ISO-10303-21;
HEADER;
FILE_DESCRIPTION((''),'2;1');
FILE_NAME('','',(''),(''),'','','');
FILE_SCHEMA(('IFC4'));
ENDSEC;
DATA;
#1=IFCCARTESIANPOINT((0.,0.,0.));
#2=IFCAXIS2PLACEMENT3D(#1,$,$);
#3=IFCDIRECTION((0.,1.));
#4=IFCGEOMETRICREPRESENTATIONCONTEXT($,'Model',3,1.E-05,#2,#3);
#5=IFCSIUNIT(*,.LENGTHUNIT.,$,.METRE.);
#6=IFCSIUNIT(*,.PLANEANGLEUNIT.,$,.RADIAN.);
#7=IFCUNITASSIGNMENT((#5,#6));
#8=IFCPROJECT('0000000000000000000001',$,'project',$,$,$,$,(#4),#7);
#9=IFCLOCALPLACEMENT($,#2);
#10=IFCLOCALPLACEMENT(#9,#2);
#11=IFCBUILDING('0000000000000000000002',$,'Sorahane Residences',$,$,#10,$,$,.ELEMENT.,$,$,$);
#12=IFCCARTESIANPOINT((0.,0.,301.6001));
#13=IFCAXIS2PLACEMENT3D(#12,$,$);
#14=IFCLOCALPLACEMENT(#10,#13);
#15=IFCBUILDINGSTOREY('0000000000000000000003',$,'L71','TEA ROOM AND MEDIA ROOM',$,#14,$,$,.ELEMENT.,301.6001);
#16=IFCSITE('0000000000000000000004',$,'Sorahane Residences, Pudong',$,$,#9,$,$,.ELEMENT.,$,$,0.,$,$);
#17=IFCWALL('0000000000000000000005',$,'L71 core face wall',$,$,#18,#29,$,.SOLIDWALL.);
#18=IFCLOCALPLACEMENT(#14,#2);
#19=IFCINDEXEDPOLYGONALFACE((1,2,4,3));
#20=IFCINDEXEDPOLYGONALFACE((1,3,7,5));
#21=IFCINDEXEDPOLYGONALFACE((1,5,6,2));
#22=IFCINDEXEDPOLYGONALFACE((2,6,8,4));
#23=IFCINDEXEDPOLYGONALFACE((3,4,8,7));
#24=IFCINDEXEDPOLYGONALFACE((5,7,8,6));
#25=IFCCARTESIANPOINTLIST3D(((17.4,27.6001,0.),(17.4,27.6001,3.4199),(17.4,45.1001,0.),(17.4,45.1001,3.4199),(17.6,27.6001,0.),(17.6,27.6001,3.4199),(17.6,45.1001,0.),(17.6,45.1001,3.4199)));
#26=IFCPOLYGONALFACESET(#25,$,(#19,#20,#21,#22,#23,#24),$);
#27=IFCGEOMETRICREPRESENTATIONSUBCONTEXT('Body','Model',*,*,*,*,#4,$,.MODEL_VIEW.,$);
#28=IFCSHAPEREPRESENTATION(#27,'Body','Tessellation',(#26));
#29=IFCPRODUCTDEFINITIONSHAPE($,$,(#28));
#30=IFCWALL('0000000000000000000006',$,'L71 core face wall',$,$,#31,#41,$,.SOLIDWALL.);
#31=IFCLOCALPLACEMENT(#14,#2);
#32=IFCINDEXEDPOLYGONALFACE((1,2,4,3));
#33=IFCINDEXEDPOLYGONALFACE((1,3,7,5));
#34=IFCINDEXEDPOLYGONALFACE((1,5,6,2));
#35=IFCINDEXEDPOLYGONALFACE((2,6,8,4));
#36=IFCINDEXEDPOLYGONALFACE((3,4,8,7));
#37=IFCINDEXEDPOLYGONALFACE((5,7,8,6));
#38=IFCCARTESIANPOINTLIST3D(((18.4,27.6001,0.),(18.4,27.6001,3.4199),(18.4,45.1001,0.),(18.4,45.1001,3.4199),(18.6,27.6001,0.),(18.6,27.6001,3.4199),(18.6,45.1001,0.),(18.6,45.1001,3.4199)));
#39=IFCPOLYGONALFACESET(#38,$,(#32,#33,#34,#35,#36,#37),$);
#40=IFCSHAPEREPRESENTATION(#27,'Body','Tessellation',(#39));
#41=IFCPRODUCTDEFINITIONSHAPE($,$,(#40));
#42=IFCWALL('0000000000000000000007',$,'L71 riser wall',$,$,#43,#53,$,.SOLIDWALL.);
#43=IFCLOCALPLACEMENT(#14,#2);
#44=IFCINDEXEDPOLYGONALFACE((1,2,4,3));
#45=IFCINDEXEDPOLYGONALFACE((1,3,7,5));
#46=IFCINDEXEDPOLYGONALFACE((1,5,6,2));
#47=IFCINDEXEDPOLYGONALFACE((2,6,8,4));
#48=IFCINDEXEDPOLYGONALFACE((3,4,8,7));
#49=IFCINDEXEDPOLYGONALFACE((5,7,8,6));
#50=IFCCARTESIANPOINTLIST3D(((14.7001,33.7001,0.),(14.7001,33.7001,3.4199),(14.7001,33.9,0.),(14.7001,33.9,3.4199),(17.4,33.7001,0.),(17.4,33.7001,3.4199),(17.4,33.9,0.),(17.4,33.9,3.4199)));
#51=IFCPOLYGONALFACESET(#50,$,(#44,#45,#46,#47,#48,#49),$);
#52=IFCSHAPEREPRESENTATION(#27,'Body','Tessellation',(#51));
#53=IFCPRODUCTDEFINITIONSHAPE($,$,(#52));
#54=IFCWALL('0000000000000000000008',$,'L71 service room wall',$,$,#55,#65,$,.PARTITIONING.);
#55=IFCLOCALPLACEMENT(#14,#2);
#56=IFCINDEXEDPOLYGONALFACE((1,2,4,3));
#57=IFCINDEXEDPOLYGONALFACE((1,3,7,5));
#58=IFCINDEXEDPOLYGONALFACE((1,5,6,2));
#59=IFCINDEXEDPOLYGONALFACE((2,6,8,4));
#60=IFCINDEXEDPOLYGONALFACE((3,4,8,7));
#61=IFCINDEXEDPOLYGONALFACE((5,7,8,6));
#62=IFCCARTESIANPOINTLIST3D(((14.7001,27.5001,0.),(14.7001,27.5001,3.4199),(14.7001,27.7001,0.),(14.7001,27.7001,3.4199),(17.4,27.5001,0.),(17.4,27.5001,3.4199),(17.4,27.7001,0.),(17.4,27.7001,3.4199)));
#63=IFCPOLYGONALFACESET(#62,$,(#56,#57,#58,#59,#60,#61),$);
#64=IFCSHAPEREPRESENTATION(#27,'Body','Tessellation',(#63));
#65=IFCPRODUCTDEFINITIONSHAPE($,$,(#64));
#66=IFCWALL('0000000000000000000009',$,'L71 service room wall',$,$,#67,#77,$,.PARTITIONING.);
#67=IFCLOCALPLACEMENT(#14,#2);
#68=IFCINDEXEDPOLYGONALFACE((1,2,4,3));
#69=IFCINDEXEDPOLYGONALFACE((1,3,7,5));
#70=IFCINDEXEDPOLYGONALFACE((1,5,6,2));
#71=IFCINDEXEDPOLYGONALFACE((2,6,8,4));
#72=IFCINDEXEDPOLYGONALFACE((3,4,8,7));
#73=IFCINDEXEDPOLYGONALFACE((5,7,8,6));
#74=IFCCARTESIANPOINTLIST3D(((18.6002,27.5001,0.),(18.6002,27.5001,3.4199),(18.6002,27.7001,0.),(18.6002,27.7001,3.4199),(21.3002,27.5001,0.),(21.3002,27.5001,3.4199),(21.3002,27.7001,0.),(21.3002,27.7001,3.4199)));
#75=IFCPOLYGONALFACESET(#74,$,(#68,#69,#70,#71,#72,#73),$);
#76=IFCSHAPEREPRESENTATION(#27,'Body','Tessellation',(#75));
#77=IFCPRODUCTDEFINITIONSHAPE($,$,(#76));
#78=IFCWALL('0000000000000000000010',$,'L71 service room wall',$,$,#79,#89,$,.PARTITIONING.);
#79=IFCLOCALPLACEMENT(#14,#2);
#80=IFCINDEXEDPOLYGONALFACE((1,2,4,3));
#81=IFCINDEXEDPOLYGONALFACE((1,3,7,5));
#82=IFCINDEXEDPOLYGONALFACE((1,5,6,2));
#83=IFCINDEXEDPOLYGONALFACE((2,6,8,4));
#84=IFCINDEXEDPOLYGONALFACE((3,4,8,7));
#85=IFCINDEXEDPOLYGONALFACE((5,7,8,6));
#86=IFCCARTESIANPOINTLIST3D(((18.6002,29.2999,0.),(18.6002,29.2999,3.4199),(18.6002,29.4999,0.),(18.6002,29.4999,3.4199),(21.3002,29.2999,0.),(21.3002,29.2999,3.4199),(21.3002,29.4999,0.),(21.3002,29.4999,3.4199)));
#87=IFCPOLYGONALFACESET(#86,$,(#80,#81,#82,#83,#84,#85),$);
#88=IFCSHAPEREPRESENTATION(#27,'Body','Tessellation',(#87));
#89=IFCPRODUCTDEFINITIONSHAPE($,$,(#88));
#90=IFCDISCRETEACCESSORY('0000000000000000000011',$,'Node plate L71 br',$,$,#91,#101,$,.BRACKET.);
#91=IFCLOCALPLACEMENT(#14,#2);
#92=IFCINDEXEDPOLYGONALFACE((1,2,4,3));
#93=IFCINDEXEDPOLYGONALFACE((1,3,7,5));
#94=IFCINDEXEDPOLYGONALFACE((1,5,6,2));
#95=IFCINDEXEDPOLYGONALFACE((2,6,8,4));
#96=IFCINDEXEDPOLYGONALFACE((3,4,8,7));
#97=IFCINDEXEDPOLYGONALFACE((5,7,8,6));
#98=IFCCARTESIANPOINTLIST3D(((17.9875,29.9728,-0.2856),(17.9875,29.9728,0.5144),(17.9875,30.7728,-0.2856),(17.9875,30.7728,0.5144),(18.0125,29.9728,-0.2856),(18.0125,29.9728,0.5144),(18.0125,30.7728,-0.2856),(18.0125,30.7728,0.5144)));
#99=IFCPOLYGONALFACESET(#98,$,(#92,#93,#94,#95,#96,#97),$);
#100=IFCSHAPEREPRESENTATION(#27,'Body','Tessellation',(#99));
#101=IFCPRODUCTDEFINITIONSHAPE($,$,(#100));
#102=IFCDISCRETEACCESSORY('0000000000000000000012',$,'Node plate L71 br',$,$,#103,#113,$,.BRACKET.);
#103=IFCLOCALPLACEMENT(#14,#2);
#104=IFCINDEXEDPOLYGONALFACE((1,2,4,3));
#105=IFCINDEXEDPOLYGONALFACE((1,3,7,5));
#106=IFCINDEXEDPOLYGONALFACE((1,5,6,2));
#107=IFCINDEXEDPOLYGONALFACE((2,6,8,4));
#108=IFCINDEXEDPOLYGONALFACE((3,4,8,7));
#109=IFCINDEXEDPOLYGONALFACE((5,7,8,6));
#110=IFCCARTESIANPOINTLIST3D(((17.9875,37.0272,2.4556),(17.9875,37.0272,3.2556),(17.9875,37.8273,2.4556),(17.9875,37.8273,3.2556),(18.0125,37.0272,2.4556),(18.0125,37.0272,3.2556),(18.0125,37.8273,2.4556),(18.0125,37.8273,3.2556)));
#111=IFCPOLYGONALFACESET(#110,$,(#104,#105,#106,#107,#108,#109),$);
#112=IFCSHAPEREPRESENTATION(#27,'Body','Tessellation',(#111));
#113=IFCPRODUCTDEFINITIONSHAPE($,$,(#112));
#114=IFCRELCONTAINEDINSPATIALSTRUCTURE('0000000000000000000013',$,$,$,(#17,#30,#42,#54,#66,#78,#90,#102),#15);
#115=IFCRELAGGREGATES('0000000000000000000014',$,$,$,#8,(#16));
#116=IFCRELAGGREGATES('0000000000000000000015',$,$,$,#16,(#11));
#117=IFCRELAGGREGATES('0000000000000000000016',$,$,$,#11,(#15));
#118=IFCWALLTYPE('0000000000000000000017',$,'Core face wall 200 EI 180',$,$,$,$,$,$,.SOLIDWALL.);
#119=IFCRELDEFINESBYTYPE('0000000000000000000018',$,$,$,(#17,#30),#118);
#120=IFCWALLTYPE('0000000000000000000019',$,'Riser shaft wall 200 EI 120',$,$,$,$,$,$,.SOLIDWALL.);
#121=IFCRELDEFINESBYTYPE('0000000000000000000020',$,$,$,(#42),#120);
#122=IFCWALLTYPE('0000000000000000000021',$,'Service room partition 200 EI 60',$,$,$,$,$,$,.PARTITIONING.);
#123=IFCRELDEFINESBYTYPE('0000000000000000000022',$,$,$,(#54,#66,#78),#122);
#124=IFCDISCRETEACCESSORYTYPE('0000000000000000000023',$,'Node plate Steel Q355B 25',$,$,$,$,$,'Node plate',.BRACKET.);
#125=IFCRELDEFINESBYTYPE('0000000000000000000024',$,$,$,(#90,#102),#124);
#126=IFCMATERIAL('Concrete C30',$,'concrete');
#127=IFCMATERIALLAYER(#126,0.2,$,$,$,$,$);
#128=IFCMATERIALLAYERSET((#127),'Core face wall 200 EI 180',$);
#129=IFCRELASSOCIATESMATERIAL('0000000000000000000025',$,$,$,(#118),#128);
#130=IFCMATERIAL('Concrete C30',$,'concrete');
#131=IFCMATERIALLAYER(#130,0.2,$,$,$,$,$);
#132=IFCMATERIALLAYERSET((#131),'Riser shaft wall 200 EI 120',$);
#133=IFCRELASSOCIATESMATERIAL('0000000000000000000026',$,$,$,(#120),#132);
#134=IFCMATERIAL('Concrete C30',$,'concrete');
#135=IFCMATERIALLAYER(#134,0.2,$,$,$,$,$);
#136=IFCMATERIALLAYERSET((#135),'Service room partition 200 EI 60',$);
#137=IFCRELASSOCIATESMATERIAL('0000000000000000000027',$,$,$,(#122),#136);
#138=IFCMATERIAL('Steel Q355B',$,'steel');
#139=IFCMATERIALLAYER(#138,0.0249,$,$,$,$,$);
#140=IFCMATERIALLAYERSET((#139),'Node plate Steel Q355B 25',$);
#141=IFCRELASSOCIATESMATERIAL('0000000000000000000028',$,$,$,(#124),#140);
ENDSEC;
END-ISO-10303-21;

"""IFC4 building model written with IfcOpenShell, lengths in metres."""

from ifc_helpers import new_model, si_unit, direction, frame, frame_2d, origin, origin_2d, place, context, subcontext, project, spatial, rectangle, extrude, material, layer, layer_set, type_object, element, save


model = new_model("IFC4")

# Units and contexts
model_context = context("Model", 3, precision=1e-05, world=origin(), true_north=direction((0.0, 1.0)))
body_context = subcontext(model_context, "Body", "Model", "MODEL_VIEW")
ifc_project = project(units=[si_unit("LENGTHUNIT", "METRE"), si_unit("PLANEANGLEUNIT", "RADIAN")], contexts=[model_context])

# Site, building, storey
site_placement = place(None, origin())
site = spatial("IfcSite", under=ifc_project, at=site_placement, Name="Sorahane Residences, Pudong", CompositionType="ELEMENT", RefElevation=0.0)
building_placement = place(site_placement, origin())
building = spatial("IfcBuilding", under=site, at=building_placement, Name="Sorahane Residences", CompositionType="ELEMENT")
storey_placement = place(building_placement, frame((0.0, 0.0, 301.6001)))
storey = spatial("IfcBuildingStorey", under=building, at=storey_placement, Name="L71", Description="TEA ROOM AND MEDIA ROOM", CompositionType="ELEMENT", Elevation=301.6001)

# Walls
ifc_material_1 = material(Name="Concrete C30", Category="concrete")
ifc_layer_1 = layer(ifc_material_1, 0.2)
ifc_layer_set_1 = layer_set([ifc_layer_1], Name="Core face wall 200 EI 180")
wall_type_1 = type_object("IfcWallType", Name="Core face wall 200 EI 180", PredefinedType="SOLIDWALL", material=ifc_layer_set_1)
for number, where, z_axis, x_axis, name in (
    (1, (17.5, 27.6001, 0.0), (0.0, 0.0, 1.0), (0.0, 1.0, 0.0), "L71 core face wall"),
    (2, (18.5, 27.6001, 0.0), (0.0, 0.0, 1.0), (0.0, 1.0, 0.0), "L71 core face wall"),
):
    element("IfcWall", number, at=place(storey_placement, frame(where, z_axis=z_axis, x_axis=x_axis)), inside=storey, type_object=wall_type_1, Name=name, PredefinedType="SOLIDWALL", context=body_context, shape_type="SweptSolid", body=[
        extrude(rectangle(XDim=17.5, YDim=0.2, at=frame_2d((8.75, 0.0))), origin(), (0.0, 0.0, 1.0), 3.4199),
    ])
ifc_material_2 = material(Name="Concrete C30", Category="concrete")
ifc_layer_2 = layer(ifc_material_2, 0.2)
ifc_layer_set_2 = layer_set([ifc_layer_2], Name="Riser shaft wall 200 EI 120")
wall_type_2 = type_object("IfcWallType", Name="Riser shaft wall 200 EI 120", PredefinedType="SOLIDWALL", material=ifc_layer_set_2)
wall_placement = place(storey_placement, frame((14.7, 33.8, 0.0), z_axis=(0.0, 0.0, 1.0), x_axis=(1.0, 0.0, 0.0)))
element("IfcWall", 3, at=wall_placement, inside=storey, type_object=wall_type_2, Name="L71 riser wall", PredefinedType="SOLIDWALL", context=body_context, shape_type="SweptSolid", body=[
    extrude(rectangle(XDim=2.7, YDim=0.2, at=frame_2d((1.3501, 0.0))), origin(), (0.0, 0.0, 1.0), 3.4199),
])
ifc_material_3 = material(Name="Concrete C30", Category="concrete")
ifc_layer_3 = layer(ifc_material_3, 0.2)
ifc_layer_set_3 = layer_set([ifc_layer_3], Name="Service room partition 200 EI 60")
wall_type_3 = type_object("IfcWallType", Name="Service room partition 200 EI 60", PredefinedType="PARTITIONING", material=ifc_layer_set_3)
for number, where, z_axis, x_axis, name in (
    (4, (14.7, 27.6001, 0.0), (0.0, 0.0, 1.0), (1.0, 0.0, 0.0), "L71 service room wall"),
    (5, (18.6001, 27.6001, 0.0), (0.0, 0.0, 1.0), (1.0, 0.0, 0.0), "L71 service room wall"),
    (6, (18.6001, 29.3999, 0.0), (0.0, 0.0, 1.0), (1.0, 0.0, 0.0), "L71 service room wall"),
):
    element("IfcWall", number, at=place(storey_placement, frame(where, z_axis=z_axis, x_axis=x_axis)), inside=storey, type_object=wall_type_3, Name=name, PredefinedType="PARTITIONING", context=body_context, shape_type="SweptSolid", body=[
        extrude(rectangle(XDim=2.7, YDim=0.2, at=frame_2d((1.3501, 0.0))), origin(), (0.0, 0.0, 1.0), 3.4199),
    ])

# Discrete accessories
ifc_material_4 = material(Name="Steel Q355B", Category="steel")
ifc_layer_4 = layer(ifc_material_4, 0.0249)
ifc_layer_set_4 = layer_set([ifc_layer_4], Name="Node plate Steel Q355B 25")
discrete_accessory_type = type_object("IfcDiscreteAccessoryType", Name="Node plate Steel Q355B 25", ElementType="Node plate", PredefinedType="BRACKET", material=ifc_layer_set_4)
for number, where, z_axis, x_axis, name in (
    (7, (18.0, 30.3728, -0.2856), (0.0, 0.0, 1.0), (0.0, 1.0, 0.0), "Node plate L71 br"),
    (8, (18.0, 37.4272, 2.4556), (0.0, 0.0, 1.0), (0.0, 1.0, 0.0), "Node plate L71 br"),
):
    element("IfcDiscreteAccessory", number, at=place(storey_placement, frame(where, z_axis=z_axis, x_axis=x_axis)), inside=storey, type_object=discrete_accessory_type, Name=name, PredefinedType="BRACKET", context=body_context, shape_type="SweptSolid", body=[
        extrude(rectangle(XDim=0.8, YDim=0.0249, at=origin_2d()), origin(), (0.0, 0.0, 1.0), 0.8),
    ])

save(model, "model.ifc")
